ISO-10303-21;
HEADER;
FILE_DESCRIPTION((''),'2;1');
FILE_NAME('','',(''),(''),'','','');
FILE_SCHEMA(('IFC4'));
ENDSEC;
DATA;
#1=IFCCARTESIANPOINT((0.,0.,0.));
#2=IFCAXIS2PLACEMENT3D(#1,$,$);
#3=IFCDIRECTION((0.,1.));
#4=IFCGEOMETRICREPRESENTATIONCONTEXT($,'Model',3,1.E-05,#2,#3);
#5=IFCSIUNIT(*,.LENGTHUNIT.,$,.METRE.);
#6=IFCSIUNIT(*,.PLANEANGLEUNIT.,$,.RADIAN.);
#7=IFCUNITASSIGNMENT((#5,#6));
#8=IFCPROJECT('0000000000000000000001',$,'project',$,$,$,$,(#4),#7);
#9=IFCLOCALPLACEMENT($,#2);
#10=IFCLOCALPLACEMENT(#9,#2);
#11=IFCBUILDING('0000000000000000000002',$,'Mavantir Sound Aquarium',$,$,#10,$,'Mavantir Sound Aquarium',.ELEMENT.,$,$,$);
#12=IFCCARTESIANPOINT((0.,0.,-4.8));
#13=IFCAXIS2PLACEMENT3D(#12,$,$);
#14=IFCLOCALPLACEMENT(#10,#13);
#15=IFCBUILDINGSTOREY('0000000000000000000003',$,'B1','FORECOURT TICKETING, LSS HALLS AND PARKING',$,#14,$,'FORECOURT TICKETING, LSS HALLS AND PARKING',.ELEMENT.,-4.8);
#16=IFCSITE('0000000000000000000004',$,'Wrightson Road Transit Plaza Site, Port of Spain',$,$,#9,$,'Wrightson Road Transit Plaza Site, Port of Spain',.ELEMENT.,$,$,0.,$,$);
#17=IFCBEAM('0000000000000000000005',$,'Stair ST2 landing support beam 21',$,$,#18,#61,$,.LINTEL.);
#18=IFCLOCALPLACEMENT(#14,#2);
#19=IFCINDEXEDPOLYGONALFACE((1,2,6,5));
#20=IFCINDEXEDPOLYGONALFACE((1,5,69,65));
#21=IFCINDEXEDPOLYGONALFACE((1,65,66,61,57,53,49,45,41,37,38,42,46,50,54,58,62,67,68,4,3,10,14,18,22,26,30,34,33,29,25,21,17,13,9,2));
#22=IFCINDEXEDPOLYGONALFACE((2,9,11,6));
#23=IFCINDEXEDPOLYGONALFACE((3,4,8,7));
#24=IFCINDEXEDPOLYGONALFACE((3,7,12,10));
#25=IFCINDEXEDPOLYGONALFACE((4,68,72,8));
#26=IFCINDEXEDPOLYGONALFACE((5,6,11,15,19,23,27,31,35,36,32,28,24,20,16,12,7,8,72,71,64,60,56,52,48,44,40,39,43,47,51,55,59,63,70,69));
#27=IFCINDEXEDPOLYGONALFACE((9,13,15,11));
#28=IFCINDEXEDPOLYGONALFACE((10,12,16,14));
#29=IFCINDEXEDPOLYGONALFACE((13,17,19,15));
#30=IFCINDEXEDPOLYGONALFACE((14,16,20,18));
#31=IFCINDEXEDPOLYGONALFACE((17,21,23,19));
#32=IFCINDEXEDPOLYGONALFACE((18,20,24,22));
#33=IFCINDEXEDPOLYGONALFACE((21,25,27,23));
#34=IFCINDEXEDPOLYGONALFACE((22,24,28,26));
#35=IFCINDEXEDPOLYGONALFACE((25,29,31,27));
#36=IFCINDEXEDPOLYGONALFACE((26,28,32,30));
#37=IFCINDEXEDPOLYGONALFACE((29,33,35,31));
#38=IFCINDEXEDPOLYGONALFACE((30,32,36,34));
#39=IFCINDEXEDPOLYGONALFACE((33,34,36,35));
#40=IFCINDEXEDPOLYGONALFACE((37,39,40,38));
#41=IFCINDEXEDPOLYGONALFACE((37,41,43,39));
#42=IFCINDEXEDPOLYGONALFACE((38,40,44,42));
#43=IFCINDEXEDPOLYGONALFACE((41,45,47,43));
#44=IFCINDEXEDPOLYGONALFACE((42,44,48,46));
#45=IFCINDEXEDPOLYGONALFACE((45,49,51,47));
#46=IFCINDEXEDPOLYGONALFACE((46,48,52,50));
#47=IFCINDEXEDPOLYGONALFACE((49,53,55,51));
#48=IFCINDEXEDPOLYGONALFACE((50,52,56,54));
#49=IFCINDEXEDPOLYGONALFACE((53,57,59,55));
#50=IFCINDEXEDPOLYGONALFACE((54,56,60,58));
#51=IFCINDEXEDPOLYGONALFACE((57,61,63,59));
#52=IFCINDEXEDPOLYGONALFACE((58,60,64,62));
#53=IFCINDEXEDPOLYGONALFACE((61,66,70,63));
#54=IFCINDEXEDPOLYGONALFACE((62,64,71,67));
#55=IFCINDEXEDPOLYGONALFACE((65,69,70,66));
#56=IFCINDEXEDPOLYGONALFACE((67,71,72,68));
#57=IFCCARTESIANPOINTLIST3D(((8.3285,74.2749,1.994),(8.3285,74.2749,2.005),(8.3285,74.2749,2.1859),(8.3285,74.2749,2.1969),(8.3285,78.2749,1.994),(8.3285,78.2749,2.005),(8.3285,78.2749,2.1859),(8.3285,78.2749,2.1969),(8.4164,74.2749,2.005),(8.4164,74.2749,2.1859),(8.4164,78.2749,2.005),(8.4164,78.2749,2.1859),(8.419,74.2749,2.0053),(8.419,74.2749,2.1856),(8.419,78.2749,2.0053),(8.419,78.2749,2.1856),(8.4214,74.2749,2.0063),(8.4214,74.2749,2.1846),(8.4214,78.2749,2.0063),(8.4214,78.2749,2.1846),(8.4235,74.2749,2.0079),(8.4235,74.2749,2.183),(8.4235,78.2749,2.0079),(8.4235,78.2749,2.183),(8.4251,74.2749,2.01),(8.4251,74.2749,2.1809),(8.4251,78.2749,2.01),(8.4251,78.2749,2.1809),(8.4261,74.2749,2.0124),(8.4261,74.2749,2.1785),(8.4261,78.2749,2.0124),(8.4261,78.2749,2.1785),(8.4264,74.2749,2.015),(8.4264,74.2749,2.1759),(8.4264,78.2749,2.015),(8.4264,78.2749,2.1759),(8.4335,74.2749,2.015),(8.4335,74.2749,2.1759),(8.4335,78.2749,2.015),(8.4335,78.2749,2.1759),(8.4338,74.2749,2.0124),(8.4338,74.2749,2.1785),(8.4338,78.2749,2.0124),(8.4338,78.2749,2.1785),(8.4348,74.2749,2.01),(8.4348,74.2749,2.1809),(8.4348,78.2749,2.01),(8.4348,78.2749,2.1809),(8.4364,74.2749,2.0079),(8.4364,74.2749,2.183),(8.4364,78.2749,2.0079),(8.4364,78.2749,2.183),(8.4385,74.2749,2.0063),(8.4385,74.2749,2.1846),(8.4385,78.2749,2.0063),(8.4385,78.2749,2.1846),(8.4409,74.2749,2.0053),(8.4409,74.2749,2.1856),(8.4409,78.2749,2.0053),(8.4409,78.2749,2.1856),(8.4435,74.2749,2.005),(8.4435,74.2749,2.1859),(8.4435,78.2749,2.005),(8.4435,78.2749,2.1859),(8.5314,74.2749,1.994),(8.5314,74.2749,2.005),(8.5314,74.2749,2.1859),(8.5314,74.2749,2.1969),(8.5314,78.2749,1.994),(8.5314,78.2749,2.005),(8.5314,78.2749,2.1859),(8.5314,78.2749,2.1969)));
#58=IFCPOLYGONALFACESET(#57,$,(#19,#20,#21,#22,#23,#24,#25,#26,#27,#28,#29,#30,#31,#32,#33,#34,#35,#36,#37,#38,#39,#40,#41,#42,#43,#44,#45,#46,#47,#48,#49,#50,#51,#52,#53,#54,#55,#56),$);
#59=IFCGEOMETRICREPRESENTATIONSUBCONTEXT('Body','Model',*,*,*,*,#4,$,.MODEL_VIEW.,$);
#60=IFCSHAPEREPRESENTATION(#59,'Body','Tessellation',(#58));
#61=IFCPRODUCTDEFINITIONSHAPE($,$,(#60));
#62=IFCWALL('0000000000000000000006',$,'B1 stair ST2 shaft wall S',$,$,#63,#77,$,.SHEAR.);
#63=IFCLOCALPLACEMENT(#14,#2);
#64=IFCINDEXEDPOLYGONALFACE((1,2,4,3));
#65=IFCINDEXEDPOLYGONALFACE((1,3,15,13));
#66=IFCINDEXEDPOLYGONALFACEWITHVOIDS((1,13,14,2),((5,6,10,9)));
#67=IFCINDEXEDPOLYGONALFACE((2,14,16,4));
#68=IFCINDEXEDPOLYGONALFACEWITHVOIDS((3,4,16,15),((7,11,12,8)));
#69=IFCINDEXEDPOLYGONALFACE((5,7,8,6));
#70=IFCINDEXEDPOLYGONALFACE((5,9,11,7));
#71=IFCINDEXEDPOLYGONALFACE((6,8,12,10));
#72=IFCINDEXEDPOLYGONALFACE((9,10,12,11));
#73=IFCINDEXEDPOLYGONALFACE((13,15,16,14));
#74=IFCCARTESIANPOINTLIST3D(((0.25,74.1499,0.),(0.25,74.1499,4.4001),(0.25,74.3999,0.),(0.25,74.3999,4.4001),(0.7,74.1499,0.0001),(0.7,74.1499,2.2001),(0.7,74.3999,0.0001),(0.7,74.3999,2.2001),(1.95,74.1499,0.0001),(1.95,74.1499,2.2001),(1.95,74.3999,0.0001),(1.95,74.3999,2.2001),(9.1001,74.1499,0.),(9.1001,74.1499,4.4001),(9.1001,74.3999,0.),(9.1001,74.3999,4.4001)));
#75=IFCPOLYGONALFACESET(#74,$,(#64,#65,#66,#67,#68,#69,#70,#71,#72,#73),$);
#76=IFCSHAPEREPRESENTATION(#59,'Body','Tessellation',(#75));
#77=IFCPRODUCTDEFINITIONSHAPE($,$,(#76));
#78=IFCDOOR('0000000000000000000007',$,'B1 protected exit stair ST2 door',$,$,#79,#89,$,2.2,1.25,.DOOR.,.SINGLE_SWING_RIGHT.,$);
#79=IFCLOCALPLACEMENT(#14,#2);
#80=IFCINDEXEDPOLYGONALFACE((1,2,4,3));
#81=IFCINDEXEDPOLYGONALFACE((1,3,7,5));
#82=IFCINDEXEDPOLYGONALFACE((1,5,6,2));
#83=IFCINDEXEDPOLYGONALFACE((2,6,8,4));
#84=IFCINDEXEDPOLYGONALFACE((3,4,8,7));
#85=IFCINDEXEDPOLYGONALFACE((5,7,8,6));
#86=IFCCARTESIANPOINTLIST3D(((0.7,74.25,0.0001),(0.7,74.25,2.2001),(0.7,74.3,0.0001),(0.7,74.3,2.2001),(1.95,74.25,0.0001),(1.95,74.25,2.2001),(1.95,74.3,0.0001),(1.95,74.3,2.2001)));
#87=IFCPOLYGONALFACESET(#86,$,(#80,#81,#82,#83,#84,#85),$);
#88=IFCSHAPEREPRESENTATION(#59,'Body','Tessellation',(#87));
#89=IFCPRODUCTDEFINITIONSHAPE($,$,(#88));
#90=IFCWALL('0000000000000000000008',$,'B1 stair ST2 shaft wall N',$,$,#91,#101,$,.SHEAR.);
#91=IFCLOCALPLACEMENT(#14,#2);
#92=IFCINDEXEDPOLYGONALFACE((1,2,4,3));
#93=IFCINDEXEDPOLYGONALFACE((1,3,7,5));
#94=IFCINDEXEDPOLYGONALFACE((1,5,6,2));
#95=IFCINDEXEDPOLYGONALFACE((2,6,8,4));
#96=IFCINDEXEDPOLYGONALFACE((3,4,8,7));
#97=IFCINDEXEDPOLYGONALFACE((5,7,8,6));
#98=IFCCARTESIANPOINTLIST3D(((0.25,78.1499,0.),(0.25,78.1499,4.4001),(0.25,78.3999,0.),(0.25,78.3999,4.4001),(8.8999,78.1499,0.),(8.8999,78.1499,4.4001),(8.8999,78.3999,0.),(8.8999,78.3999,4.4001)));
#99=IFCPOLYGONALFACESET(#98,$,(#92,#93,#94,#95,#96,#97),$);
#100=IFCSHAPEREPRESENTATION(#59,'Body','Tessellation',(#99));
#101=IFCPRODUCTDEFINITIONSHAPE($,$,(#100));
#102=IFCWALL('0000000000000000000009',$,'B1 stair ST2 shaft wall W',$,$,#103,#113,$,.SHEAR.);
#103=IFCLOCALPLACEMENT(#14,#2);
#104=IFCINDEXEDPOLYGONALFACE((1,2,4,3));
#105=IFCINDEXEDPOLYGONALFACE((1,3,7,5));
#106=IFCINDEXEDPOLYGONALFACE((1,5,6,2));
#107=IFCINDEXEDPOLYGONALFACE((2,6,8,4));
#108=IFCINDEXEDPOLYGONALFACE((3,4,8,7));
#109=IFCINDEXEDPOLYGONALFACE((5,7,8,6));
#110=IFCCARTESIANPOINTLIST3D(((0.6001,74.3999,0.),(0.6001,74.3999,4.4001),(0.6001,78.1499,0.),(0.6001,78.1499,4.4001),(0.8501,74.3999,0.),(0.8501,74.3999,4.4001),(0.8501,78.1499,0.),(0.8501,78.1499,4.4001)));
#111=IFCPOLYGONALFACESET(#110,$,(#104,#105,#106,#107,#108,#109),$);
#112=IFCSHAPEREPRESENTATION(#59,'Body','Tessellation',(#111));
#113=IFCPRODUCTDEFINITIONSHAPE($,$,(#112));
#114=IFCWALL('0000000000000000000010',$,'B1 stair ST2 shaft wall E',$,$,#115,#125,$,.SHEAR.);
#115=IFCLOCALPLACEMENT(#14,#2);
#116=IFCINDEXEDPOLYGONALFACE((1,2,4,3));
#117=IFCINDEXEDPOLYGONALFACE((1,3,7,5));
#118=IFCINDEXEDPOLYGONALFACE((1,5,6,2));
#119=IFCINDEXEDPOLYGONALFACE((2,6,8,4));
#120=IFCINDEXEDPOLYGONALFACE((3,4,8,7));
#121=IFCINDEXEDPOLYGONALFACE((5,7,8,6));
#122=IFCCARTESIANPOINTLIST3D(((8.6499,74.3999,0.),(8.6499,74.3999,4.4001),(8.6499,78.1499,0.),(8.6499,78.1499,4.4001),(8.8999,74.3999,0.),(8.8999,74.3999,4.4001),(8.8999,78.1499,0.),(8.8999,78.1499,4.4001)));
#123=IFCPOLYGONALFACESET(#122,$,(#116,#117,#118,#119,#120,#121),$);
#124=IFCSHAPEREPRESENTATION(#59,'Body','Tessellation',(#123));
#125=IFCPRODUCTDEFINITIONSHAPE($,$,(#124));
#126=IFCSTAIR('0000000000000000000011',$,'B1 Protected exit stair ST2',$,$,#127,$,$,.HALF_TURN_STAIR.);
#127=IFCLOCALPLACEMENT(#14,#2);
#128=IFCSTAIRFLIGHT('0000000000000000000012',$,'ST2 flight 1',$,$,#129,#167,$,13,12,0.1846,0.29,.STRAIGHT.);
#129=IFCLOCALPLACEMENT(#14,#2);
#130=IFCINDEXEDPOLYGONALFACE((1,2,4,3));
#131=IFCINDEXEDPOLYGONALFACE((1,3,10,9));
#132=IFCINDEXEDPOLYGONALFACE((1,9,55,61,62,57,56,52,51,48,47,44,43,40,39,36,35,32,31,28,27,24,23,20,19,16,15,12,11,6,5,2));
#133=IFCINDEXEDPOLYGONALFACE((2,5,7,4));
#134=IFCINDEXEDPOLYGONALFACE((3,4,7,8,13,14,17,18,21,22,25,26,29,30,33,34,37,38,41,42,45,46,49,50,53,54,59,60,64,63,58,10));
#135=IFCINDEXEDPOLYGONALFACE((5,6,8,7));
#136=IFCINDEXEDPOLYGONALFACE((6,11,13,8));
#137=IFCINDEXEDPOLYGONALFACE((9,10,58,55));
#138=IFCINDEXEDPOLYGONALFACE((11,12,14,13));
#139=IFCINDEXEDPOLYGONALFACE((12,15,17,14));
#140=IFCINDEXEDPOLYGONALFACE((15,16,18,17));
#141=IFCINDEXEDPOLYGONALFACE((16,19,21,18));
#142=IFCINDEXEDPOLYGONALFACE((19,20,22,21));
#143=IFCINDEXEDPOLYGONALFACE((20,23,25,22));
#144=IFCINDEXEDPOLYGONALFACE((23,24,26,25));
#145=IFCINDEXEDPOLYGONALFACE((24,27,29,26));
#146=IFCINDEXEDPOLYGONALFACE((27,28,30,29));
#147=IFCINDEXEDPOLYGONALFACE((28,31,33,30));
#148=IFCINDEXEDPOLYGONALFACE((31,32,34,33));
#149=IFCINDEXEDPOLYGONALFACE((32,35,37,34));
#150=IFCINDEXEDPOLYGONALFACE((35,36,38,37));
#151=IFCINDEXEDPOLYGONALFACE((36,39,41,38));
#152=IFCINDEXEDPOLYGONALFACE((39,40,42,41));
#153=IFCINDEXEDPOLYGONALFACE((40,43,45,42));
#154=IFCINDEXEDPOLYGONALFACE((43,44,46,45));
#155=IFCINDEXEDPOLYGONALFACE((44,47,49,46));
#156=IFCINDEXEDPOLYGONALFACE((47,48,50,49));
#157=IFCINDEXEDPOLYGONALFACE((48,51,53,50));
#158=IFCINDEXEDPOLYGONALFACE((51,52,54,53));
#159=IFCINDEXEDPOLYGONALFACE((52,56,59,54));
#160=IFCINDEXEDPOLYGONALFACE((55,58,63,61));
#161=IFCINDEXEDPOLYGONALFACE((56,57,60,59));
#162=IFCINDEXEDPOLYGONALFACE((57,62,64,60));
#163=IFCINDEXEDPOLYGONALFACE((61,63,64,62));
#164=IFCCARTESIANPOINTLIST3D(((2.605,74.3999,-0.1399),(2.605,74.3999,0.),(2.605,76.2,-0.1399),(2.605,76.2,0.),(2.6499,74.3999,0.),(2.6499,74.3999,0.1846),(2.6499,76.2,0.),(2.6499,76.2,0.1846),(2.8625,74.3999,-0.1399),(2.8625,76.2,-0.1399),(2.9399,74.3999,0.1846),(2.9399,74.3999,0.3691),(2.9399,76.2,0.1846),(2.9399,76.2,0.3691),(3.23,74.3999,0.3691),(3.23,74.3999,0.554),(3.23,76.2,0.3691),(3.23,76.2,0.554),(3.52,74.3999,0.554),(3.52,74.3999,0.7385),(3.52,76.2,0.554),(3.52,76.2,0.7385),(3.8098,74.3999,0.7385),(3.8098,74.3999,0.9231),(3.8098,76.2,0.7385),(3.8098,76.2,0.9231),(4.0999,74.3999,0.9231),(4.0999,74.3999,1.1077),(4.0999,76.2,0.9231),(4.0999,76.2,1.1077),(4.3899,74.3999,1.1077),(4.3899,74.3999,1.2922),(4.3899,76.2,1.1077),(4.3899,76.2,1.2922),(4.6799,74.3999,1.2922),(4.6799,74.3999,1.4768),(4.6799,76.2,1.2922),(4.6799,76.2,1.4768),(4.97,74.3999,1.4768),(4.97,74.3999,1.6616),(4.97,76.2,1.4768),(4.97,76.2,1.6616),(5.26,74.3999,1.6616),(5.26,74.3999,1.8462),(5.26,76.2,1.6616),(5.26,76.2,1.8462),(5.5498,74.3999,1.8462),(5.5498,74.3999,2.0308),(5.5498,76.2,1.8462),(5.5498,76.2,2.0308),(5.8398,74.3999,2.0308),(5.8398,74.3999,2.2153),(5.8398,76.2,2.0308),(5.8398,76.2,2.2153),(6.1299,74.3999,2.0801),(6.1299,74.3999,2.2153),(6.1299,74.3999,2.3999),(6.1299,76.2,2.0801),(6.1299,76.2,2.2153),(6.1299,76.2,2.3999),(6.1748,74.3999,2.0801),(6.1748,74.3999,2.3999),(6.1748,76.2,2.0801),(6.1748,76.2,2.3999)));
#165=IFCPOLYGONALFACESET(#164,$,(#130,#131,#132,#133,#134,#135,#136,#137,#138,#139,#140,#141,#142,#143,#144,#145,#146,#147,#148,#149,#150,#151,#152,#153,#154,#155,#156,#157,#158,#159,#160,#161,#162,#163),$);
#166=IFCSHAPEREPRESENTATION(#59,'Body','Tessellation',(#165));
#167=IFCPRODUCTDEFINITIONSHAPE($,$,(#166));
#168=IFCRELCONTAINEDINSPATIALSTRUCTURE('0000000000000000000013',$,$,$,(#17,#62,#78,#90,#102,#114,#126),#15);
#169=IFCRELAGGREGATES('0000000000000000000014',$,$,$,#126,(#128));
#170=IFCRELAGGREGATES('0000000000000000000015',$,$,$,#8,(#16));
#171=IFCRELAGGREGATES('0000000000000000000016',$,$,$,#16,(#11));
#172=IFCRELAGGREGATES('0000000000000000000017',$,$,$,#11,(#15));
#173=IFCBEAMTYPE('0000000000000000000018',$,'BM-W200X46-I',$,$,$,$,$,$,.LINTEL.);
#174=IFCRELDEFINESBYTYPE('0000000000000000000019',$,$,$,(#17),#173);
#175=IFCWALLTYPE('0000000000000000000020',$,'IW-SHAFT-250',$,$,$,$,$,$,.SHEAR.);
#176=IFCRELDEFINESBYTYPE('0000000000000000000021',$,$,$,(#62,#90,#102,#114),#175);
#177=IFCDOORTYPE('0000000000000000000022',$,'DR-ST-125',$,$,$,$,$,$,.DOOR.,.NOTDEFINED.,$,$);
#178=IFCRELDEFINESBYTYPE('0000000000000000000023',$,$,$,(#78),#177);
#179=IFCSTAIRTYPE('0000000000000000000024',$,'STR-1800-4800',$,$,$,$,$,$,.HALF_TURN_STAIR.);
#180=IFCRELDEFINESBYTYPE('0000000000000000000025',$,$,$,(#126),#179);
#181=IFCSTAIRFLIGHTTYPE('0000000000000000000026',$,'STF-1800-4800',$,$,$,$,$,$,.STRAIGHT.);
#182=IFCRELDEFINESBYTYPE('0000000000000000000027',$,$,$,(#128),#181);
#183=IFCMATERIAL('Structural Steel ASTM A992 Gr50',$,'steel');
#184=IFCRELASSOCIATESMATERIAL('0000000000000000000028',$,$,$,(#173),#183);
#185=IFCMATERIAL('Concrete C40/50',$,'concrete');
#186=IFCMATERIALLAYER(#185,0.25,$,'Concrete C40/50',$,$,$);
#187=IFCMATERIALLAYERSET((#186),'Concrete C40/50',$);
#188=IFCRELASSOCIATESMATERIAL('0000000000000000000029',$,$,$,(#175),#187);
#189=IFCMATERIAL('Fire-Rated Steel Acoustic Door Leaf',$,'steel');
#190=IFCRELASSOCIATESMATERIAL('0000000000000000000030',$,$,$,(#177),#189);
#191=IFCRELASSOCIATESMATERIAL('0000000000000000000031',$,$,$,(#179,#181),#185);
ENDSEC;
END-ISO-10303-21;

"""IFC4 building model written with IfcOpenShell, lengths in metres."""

from ifc_helpers import new_model, si_unit, direction, frame, frame_2d, origin, origin_2d, place, context, subcontext, project, spatial, polyline, rectangle, i_section, outline, extrude, material, layer, layer_set, material_profile, profile_set, type_object, element, fill, aggregate, save


model = new_model("IFC4")

# Units and contexts
model_context = context("Model", 3, precision=1e-05, world=origin(), true_north=direction((0.0, 1.0)))
body_context = subcontext(model_context, "Body", "Model", "MODEL_VIEW")
ifc_project = project(units=[si_unit("LENGTHUNIT", "METRE"), si_unit("PLANEANGLEUNIT", "RADIAN")], contexts=[model_context])

# Site, building, storey
site_placement = place(None, origin())
site = spatial("IfcSite", under=ifc_project, at=site_placement, Name="Wrightson Road Transit Plaza Site, Port of Spain", LongName="Wrightson Road Transit Plaza Site, Port of Spain", CompositionType="ELEMENT", RefElevation=0.0)
building_placement = place(site_placement, origin())
building = spatial("IfcBuilding", under=site, at=building_placement, Name="Mavantir Sound Aquarium", LongName="Mavantir Sound Aquarium", CompositionType="ELEMENT")
storey_placement = place(building_placement, frame((0.0, 0.0, -4.8)))
storey = spatial("IfcBuildingStorey", under=building, at=storey_placement, Name="B1", Description="FORECOURT TICKETING, LSS HALLS AND PARKING", LongName="FORECOURT TICKETING, LSS HALLS AND PARKING", CompositionType="ELEMENT", Elevation=-4.8)

# Shared definitions
ifc_material_1 = material(Name="Concrete C40/50", Category="concrete")

# Beam
ifc_material_2 = material(Name="Structural Steel ASTM A992 Gr50", Category="steel")
ifc_material_profile_1 = material_profile(ifc_material_2, i_section(OverallWidth=0.2029, OverallDepth=0.2029, WebThickness=0.0071, FlangeThickness=0.011, FilletRadius=0.01, at=origin_2d()), Name="W200X46")
ifc_profile_set_1 = profile_set([ifc_material_profile_1], Name="Structural Steel ASTM A992 Gr50")
beam_type_1 = type_object("IfcBeamType", Name="BM-W200X46-I", PredefinedType="LINTEL", material=ifc_profile_set_1)
for number, where, z_axis, x_axis, name in (
    (1, (8.4299, 74.2749, 2.0955), (0.0, 1.0, 0.0), (-1.0, 0.0, 0.0), "Stair ST2 landing support beam 21"),
):
    element("IfcBeam", number, at=place(storey_placement, frame(where, z_axis=z_axis, x_axis=x_axis)), inside=storey, type_object=beam_type_1, Name=name, PredefinedType="LINTEL", context=body_context, shape_type="SweptSolid", body=[
        extrude(i_section(OverallWidth=0.2029, OverallDepth=0.2029, WebThickness=0.0071, FlangeThickness=0.011, FilletRadius=0.01, at=origin_2d()), origin(), (0.0, 0.0, 1.0), 4.0),
    ])

# Wall, opening, door
ifc_layer = layer(ifc_material_1, 0.25, Name="Concrete C40/50")
ifc_layer_set = layer_set([ifc_layer], Name="Concrete C40/50")
wall_type = type_object("IfcWallType", Name="IW-SHAFT-250", PredefinedType="SHEAR", material=ifc_layer_set)
wall_1_placement = place(storey_placement, frame((0.25, 74.2749, 0.0), z_axis=(0.0, 0.0, 1.0), x_axis=(1.0, 0.0, 0.0)))
wall_1 = element("IfcWall", 2, at=wall_1_placement, inside=storey, type_object=wall_type, Name="B1 stair ST2 shaft wall S", PredefinedType="SHEAR", context=body_context, shape_type="SweptSolid", body=[
    extrude(rectangle(XDim=8.8501, YDim=0.25, at=frame_2d((4.425, 0.0))), origin(), (0.0, 0.0, 1.0), 4.4001),
])
opening_placement = place(wall_1_placement, frame((1.7, 0.0, 0.0), z_axis=(0.0, 0.0, 1.0), x_axis=(-1.0, 0.0, 0.0)))
opening = element("IfcOpeningElement", 3, at=opening_placement, cuts=wall_1, PredefinedType="OPENING", context=body_context, shape_type="SweptSolid", body=[
    extrude(rectangle(XDim=1.25, YDim=2.2, at=frame_2d((0.625, 1.1001))), frame((0.0, 0.135, 0.0), z_axis=(0.0, -1.0, 0.0), x_axis=(1.0, 0.0, 0.0)), (0.0, 0.0, 1.0), 0.27),
])
ifc_material_3 = material(Name="Fire-Rated Steel Acoustic Door Leaf", Category="steel")
door_type = type_object("IfcDoorType", Name="DR-ST-125", OperationType="NOTDEFINED", PredefinedType="DOOR", material=ifc_material_3)
door_placement = place(opening_placement, origin())
door = element("IfcDoor", 4, at=door_placement, inside=storey, type_object=door_type, Name="B1 protected exit stair ST2 door", OperationType="SINGLE_SWING_RIGHT", OverallHeight=2.2, OverallWidth=1.25, PredefinedType="DOOR", context=body_context, shape_type="SweptSolid", body=[
    extrude(rectangle(XDim=1.25, YDim=2.2, at=frame_2d((0.625, 1.1001))), frame((0.0, 0.0249, 0.0), z_axis=(0.0, -1.0, 0.0), x_axis=(1.0, 0.0, 0.0)), (0.0, 0.0, 1.0), 0.05),
])
fill(opening, door)

# Walls
wall_2_placement = place(storey_placement, frame((8.8999, 78.2749, 0.0), z_axis=(0.0, 0.0, 1.0), x_axis=(-1.0, 0.0, 0.0)))
element("IfcWall", 5, at=wall_2_placement, inside=storey, type_object=wall_type, Name="B1 stair ST2 shaft wall N", PredefinedType="SHEAR", context=body_context, shape_type="SweptSolid", body=[
    extrude(rectangle(XDim=8.6499, YDim=0.25, at=frame_2d((4.325, 0.0))), origin(), (0.0, 0.0, 1.0), 4.4001),
])
for number, where, z_axis, x_axis, name in (
    (6, (0.7251, 78.1499, 0.0), (0.0, 0.0, 1.0), (0.0, -1.0, 0.0), "B1 stair ST2 shaft wall W"),
    (7, (8.7749, 74.3999, 0.0), (0.0, 0.0, 1.0), (0.0, 1.0, 0.0), "B1 stair ST2 shaft wall E"),
):
    element("IfcWall", number, at=place(storey_placement, frame(where, z_axis=z_axis, x_axis=x_axis)), inside=storey, type_object=wall_type, Name=name, PredefinedType="SHEAR", context=body_context, shape_type="SweptSolid", body=[
        extrude(rectangle(XDim=3.75, YDim=0.25, at=frame_2d((1.875, 0.0))), origin(), (0.0, 0.0, 1.0), 4.4001),
    ])

# Stair, stair flight
stair_type = type_object("IfcStairType", Name="STR-1800-4800", PredefinedType="HALF_TURN_STAIR", material=ifc_material_1)
stair_placement = place(storey_placement, origin())
stair = element("IfcStair", 8, at=stair_placement, inside=storey, type_object=stair_type, Name="B1 Protected exit stair ST2", PredefinedType="HALF_TURN_STAIR")
stair_flight_type = type_object("IfcStairFlightType", Name="STF-1800-4800", PredefinedType="STRAIGHT", material=ifc_material_1)
stair_flight_1_placement = place(storey_placement, frame((2.6499, 75.3, 0.0), z_axis=(0.0, 0.0, 1.0), x_axis=(1.0, 0.0, 0.0)))
stair_flight_1 = element("IfcStairFlight", 9, at=stair_flight_1_placement, type_object=stair_flight_type, Name="ST2 flight 1", NumberOfRisers=13, NumberOfTreads=12, PredefinedType="STRAIGHT", RiserHeight=0.1846, TreadLength=0.29, context=body_context, shape_type="SweptSolid", body=[
    extrude(outline(polyline([(-0.0449, -0.1399), (-0.0449, 0.0), (0.0, 0.0), (0.0, 0.1846), (0.29, 0.1846), (0.29, 0.3691), (0.5801, 0.3691), (0.5801, 0.554), (0.8701, 0.554), (0.8701, 0.7385), (1.1599, 0.7385), (1.1599, 0.9231), (1.45, 0.9231), (1.45, 1.1077), (1.74, 1.1077), (1.74, 1.2922), (2.03, 1.2922), (2.03, 1.4768), (2.3201, 1.4768), (2.3201, 1.6616), (2.6101, 1.6616), (2.6101, 1.8462), (2.8999, 1.8462), (2.8999, 2.0308), (3.1899, 2.0308), (3.1899, 2.2153), (3.48, 2.2153), (3.48, 2.3999), (3.5249, 2.3999), (3.5249, 2.0801), (3.48, 2.0801), (0.2126, -0.1399), (-0.0449, -0.1399)])), frame((0.0, 0.8999, 0.0), z_axis=(0.0, -1.0, 0.0), x_axis=(1.0, 0.0, 0.0)), (0.0, 0.0, 1.0), 1.8),
])
aggregate(stair, [stair_flight_1])

save(model, "model.ifc")
